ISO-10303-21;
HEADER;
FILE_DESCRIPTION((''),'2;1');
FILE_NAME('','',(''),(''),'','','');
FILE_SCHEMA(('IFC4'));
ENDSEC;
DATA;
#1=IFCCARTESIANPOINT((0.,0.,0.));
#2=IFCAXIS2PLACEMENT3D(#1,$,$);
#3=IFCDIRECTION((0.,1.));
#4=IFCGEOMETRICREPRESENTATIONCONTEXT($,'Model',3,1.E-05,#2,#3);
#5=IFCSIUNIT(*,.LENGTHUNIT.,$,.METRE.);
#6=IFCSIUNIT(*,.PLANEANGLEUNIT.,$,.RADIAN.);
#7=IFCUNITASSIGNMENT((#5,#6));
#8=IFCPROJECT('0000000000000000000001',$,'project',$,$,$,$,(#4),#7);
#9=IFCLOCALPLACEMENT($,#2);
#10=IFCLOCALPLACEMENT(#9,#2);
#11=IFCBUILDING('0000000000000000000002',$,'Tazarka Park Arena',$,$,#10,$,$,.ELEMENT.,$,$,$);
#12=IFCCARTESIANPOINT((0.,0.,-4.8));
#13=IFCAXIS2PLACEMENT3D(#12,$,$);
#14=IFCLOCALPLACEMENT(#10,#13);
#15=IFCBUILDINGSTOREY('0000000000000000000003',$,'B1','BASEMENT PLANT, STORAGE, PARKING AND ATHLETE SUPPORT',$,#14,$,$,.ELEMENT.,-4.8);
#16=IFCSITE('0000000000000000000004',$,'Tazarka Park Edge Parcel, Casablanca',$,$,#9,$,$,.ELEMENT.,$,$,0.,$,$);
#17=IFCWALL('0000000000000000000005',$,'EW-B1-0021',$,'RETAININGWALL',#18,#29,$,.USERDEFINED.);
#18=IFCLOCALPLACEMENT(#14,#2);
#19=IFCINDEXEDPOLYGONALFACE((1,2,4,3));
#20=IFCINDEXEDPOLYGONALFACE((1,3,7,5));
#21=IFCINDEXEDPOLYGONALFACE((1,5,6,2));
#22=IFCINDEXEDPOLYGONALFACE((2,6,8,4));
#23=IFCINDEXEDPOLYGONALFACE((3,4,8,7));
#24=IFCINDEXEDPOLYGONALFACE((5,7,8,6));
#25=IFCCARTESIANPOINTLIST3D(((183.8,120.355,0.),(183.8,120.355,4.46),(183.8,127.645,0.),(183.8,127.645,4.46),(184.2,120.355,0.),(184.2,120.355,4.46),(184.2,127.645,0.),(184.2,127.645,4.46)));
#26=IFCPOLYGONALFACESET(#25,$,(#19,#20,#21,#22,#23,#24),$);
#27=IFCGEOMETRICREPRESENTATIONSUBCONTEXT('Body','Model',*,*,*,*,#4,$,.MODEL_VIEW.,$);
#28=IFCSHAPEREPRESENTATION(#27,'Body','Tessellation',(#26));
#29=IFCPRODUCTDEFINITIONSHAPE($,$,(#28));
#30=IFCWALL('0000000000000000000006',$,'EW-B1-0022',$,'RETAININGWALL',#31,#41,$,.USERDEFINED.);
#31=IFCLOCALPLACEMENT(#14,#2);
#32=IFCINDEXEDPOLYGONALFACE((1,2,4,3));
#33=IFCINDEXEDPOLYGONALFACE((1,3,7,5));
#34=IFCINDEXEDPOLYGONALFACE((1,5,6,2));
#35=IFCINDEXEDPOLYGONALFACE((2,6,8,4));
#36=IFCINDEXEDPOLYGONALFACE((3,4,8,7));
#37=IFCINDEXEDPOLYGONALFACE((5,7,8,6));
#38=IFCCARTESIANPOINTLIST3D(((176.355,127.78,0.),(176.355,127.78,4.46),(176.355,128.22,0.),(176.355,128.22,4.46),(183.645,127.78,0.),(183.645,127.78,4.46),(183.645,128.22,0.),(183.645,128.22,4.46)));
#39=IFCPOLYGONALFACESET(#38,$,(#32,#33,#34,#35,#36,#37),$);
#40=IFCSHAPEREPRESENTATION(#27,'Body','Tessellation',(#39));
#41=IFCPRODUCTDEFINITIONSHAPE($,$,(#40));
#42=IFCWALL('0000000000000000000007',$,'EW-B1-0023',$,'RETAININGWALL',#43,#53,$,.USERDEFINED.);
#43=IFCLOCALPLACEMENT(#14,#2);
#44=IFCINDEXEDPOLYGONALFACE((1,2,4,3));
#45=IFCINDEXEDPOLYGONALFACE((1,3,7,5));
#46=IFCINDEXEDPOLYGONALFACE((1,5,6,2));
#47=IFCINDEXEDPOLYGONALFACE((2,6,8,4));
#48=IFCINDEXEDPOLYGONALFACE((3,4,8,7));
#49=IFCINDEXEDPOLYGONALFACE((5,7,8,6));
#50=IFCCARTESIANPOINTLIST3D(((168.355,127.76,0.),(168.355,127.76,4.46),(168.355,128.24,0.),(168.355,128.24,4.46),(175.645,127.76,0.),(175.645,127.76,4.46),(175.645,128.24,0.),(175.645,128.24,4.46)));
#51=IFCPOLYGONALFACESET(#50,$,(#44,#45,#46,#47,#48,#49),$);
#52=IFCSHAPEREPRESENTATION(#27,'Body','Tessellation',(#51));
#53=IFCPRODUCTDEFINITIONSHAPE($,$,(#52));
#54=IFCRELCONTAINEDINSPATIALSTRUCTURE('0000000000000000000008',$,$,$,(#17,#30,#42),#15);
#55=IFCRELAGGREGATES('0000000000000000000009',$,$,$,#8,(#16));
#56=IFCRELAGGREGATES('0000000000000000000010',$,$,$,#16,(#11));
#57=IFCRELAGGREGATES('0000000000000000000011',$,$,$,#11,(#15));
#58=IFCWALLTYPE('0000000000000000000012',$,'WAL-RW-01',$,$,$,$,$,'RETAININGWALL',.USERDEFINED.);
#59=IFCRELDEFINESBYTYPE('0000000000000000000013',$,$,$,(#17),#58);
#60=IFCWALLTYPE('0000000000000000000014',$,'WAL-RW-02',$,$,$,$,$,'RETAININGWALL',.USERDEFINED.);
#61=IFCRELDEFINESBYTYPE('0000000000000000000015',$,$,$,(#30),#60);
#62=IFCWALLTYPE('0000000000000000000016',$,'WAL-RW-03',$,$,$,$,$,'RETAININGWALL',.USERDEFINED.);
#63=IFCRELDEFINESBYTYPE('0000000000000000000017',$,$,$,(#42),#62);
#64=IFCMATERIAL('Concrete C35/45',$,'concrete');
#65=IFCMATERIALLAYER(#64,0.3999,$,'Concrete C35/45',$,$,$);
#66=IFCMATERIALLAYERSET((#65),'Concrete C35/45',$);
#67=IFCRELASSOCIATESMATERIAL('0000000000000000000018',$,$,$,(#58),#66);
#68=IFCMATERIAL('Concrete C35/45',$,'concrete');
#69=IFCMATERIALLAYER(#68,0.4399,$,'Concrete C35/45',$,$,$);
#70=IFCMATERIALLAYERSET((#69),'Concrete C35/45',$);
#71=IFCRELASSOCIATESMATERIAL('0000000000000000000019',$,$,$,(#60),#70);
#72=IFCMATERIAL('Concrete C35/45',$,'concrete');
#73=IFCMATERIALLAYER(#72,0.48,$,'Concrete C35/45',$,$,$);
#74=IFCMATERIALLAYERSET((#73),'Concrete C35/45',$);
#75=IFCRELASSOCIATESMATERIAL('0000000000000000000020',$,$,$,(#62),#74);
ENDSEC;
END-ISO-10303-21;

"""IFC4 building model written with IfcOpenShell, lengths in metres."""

from ifc_helpers import new_model, si_unit, direction, frame, frame_2d, origin, place, context, subcontext, project, spatial, rectangle, extrude, material, layer, layer_set, type_object, element, save


model = new_model("IFC4")

# Units and contexts
model_context = context("Model", 3, precision=1e-05, world=origin(), true_north=direction((0.0, 1.0)))
body_context = subcontext(model_context, "Body", "Model", "MODEL_VIEW")
ifc_project = project(units=[si_unit("LENGTHUNIT", "METRE"), si_unit("PLANEANGLEUNIT", "RADIAN")], contexts=[model_context])

# Site, building, storey
site_placement = place(None, origin())
site = spatial("IfcSite", under=ifc_project, at=site_placement, Name="Tazarka Park Edge Parcel, Casablanca", CompositionType="ELEMENT", RefElevation=0.0)
building_placement = place(site_placement, origin())
building = spatial("IfcBuilding", under=site, at=building_placement, Name="Tazarka Park Arena", CompositionType="ELEMENT")
storey_placement = place(building_placement, frame((0.0, 0.0, -4.8)))
storey = spatial("IfcBuildingStorey", under=building, at=storey_placement, Name="B1", Description="BASEMENT PLANT, STORAGE, PARKING AND ATHLETE SUPPORT", CompositionType="ELEMENT", Elevation=-4.8)

# Walls
ifc_material_1 = material(Name="Concrete C35/45", Category="concrete")
ifc_layer_1 = layer(ifc_material_1, 0.3999, Name="Concrete C35/45")
ifc_layer_set_1 = layer_set([ifc_layer_1], Name="Concrete C35/45")
wall_type_1 = type_object("IfcWallType", Name="WAL-RW-01", ElementType="RETAININGWALL", PredefinedType="USERDEFINED", material=ifc_layer_set_1)
wall_1_placement = place(storey_placement, frame((184.0, 127.645, 0.0), z_axis=(0.0, 0.0, 1.0), x_axis=(0.0, -1.0, 0.0)))
element("IfcWall", 1, at=wall_1_placement, inside=storey, type_object=wall_type_1, Name="EW-B1-0021", ObjectType="RETAININGWALL", PredefinedType="USERDEFINED", context=body_context, shape_type="SweptSolid", body=[
    extrude(rectangle(XDim=7.29, YDim=0.3999, at=frame_2d((3.645, 0.0))), origin(), (0.0, 0.0, 1.0), 4.46),
])
ifc_material_2 = material(Name="Concrete C35/45", Category="concrete")
ifc_layer_2 = layer(ifc_material_2, 0.4399, Name="Concrete C35/45")
ifc_layer_set_2 = layer_set([ifc_layer_2], Name="Concrete C35/45")
wall_type_2 = type_object("IfcWallType", Name="WAL-RW-02", ElementType="RETAININGWALL", PredefinedType="USERDEFINED", material=ifc_layer_set_2)
wall_2_placement = place(storey_placement, frame((176.355, 128.0, 0.0), z_axis=(0.0, 0.0, 1.0), x_axis=(1.0, 0.0, 0.0)))
element("IfcWall", 2, at=wall_2_placement, inside=storey, type_object=wall_type_2, Name="EW-B1-0022", ObjectType="RETAININGWALL", PredefinedType="USERDEFINED", context=body_context, shape_type="SweptSolid", body=[
    extrude(rectangle(XDim=7.29, YDim=0.4399, at=frame_2d((3.645, 0.0))), origin(), (0.0, 0.0, 1.0), 4.46),
])
ifc_material_3 = material(Name="Concrete C35/45", Category="concrete")
ifc_layer_3 = layer(ifc_material_3, 0.48, Name="Concrete C35/45")
ifc_layer_set_3 = layer_set([ifc_layer_3], Name="Concrete C35/45")
wall_type_3 = type_object("IfcWallType", Name="WAL-RW-03", ElementType="RETAININGWALL", PredefinedType="USERDEFINED", material=ifc_layer_set_3)
wall_3_placement = place(storey_placement, frame((168.355, 128.0, 0.0), z_axis=(0.0, 0.0, 1.0), x_axis=(1.0, 0.0, 0.0)))
element("IfcWall", 3, at=wall_3_placement, inside=storey, type_object=wall_type_3, Name="EW-B1-0023", ObjectType="RETAININGWALL", PredefinedType="USERDEFINED", context=body_context, shape_type="SweptSolid", body=[
    extrude(rectangle(XDim=7.29, YDim=0.48, at=frame_2d((3.645, 0.0))), origin(), (0.0, 0.0, 1.0), 4.46),
])

save(model, "model.ifc")
